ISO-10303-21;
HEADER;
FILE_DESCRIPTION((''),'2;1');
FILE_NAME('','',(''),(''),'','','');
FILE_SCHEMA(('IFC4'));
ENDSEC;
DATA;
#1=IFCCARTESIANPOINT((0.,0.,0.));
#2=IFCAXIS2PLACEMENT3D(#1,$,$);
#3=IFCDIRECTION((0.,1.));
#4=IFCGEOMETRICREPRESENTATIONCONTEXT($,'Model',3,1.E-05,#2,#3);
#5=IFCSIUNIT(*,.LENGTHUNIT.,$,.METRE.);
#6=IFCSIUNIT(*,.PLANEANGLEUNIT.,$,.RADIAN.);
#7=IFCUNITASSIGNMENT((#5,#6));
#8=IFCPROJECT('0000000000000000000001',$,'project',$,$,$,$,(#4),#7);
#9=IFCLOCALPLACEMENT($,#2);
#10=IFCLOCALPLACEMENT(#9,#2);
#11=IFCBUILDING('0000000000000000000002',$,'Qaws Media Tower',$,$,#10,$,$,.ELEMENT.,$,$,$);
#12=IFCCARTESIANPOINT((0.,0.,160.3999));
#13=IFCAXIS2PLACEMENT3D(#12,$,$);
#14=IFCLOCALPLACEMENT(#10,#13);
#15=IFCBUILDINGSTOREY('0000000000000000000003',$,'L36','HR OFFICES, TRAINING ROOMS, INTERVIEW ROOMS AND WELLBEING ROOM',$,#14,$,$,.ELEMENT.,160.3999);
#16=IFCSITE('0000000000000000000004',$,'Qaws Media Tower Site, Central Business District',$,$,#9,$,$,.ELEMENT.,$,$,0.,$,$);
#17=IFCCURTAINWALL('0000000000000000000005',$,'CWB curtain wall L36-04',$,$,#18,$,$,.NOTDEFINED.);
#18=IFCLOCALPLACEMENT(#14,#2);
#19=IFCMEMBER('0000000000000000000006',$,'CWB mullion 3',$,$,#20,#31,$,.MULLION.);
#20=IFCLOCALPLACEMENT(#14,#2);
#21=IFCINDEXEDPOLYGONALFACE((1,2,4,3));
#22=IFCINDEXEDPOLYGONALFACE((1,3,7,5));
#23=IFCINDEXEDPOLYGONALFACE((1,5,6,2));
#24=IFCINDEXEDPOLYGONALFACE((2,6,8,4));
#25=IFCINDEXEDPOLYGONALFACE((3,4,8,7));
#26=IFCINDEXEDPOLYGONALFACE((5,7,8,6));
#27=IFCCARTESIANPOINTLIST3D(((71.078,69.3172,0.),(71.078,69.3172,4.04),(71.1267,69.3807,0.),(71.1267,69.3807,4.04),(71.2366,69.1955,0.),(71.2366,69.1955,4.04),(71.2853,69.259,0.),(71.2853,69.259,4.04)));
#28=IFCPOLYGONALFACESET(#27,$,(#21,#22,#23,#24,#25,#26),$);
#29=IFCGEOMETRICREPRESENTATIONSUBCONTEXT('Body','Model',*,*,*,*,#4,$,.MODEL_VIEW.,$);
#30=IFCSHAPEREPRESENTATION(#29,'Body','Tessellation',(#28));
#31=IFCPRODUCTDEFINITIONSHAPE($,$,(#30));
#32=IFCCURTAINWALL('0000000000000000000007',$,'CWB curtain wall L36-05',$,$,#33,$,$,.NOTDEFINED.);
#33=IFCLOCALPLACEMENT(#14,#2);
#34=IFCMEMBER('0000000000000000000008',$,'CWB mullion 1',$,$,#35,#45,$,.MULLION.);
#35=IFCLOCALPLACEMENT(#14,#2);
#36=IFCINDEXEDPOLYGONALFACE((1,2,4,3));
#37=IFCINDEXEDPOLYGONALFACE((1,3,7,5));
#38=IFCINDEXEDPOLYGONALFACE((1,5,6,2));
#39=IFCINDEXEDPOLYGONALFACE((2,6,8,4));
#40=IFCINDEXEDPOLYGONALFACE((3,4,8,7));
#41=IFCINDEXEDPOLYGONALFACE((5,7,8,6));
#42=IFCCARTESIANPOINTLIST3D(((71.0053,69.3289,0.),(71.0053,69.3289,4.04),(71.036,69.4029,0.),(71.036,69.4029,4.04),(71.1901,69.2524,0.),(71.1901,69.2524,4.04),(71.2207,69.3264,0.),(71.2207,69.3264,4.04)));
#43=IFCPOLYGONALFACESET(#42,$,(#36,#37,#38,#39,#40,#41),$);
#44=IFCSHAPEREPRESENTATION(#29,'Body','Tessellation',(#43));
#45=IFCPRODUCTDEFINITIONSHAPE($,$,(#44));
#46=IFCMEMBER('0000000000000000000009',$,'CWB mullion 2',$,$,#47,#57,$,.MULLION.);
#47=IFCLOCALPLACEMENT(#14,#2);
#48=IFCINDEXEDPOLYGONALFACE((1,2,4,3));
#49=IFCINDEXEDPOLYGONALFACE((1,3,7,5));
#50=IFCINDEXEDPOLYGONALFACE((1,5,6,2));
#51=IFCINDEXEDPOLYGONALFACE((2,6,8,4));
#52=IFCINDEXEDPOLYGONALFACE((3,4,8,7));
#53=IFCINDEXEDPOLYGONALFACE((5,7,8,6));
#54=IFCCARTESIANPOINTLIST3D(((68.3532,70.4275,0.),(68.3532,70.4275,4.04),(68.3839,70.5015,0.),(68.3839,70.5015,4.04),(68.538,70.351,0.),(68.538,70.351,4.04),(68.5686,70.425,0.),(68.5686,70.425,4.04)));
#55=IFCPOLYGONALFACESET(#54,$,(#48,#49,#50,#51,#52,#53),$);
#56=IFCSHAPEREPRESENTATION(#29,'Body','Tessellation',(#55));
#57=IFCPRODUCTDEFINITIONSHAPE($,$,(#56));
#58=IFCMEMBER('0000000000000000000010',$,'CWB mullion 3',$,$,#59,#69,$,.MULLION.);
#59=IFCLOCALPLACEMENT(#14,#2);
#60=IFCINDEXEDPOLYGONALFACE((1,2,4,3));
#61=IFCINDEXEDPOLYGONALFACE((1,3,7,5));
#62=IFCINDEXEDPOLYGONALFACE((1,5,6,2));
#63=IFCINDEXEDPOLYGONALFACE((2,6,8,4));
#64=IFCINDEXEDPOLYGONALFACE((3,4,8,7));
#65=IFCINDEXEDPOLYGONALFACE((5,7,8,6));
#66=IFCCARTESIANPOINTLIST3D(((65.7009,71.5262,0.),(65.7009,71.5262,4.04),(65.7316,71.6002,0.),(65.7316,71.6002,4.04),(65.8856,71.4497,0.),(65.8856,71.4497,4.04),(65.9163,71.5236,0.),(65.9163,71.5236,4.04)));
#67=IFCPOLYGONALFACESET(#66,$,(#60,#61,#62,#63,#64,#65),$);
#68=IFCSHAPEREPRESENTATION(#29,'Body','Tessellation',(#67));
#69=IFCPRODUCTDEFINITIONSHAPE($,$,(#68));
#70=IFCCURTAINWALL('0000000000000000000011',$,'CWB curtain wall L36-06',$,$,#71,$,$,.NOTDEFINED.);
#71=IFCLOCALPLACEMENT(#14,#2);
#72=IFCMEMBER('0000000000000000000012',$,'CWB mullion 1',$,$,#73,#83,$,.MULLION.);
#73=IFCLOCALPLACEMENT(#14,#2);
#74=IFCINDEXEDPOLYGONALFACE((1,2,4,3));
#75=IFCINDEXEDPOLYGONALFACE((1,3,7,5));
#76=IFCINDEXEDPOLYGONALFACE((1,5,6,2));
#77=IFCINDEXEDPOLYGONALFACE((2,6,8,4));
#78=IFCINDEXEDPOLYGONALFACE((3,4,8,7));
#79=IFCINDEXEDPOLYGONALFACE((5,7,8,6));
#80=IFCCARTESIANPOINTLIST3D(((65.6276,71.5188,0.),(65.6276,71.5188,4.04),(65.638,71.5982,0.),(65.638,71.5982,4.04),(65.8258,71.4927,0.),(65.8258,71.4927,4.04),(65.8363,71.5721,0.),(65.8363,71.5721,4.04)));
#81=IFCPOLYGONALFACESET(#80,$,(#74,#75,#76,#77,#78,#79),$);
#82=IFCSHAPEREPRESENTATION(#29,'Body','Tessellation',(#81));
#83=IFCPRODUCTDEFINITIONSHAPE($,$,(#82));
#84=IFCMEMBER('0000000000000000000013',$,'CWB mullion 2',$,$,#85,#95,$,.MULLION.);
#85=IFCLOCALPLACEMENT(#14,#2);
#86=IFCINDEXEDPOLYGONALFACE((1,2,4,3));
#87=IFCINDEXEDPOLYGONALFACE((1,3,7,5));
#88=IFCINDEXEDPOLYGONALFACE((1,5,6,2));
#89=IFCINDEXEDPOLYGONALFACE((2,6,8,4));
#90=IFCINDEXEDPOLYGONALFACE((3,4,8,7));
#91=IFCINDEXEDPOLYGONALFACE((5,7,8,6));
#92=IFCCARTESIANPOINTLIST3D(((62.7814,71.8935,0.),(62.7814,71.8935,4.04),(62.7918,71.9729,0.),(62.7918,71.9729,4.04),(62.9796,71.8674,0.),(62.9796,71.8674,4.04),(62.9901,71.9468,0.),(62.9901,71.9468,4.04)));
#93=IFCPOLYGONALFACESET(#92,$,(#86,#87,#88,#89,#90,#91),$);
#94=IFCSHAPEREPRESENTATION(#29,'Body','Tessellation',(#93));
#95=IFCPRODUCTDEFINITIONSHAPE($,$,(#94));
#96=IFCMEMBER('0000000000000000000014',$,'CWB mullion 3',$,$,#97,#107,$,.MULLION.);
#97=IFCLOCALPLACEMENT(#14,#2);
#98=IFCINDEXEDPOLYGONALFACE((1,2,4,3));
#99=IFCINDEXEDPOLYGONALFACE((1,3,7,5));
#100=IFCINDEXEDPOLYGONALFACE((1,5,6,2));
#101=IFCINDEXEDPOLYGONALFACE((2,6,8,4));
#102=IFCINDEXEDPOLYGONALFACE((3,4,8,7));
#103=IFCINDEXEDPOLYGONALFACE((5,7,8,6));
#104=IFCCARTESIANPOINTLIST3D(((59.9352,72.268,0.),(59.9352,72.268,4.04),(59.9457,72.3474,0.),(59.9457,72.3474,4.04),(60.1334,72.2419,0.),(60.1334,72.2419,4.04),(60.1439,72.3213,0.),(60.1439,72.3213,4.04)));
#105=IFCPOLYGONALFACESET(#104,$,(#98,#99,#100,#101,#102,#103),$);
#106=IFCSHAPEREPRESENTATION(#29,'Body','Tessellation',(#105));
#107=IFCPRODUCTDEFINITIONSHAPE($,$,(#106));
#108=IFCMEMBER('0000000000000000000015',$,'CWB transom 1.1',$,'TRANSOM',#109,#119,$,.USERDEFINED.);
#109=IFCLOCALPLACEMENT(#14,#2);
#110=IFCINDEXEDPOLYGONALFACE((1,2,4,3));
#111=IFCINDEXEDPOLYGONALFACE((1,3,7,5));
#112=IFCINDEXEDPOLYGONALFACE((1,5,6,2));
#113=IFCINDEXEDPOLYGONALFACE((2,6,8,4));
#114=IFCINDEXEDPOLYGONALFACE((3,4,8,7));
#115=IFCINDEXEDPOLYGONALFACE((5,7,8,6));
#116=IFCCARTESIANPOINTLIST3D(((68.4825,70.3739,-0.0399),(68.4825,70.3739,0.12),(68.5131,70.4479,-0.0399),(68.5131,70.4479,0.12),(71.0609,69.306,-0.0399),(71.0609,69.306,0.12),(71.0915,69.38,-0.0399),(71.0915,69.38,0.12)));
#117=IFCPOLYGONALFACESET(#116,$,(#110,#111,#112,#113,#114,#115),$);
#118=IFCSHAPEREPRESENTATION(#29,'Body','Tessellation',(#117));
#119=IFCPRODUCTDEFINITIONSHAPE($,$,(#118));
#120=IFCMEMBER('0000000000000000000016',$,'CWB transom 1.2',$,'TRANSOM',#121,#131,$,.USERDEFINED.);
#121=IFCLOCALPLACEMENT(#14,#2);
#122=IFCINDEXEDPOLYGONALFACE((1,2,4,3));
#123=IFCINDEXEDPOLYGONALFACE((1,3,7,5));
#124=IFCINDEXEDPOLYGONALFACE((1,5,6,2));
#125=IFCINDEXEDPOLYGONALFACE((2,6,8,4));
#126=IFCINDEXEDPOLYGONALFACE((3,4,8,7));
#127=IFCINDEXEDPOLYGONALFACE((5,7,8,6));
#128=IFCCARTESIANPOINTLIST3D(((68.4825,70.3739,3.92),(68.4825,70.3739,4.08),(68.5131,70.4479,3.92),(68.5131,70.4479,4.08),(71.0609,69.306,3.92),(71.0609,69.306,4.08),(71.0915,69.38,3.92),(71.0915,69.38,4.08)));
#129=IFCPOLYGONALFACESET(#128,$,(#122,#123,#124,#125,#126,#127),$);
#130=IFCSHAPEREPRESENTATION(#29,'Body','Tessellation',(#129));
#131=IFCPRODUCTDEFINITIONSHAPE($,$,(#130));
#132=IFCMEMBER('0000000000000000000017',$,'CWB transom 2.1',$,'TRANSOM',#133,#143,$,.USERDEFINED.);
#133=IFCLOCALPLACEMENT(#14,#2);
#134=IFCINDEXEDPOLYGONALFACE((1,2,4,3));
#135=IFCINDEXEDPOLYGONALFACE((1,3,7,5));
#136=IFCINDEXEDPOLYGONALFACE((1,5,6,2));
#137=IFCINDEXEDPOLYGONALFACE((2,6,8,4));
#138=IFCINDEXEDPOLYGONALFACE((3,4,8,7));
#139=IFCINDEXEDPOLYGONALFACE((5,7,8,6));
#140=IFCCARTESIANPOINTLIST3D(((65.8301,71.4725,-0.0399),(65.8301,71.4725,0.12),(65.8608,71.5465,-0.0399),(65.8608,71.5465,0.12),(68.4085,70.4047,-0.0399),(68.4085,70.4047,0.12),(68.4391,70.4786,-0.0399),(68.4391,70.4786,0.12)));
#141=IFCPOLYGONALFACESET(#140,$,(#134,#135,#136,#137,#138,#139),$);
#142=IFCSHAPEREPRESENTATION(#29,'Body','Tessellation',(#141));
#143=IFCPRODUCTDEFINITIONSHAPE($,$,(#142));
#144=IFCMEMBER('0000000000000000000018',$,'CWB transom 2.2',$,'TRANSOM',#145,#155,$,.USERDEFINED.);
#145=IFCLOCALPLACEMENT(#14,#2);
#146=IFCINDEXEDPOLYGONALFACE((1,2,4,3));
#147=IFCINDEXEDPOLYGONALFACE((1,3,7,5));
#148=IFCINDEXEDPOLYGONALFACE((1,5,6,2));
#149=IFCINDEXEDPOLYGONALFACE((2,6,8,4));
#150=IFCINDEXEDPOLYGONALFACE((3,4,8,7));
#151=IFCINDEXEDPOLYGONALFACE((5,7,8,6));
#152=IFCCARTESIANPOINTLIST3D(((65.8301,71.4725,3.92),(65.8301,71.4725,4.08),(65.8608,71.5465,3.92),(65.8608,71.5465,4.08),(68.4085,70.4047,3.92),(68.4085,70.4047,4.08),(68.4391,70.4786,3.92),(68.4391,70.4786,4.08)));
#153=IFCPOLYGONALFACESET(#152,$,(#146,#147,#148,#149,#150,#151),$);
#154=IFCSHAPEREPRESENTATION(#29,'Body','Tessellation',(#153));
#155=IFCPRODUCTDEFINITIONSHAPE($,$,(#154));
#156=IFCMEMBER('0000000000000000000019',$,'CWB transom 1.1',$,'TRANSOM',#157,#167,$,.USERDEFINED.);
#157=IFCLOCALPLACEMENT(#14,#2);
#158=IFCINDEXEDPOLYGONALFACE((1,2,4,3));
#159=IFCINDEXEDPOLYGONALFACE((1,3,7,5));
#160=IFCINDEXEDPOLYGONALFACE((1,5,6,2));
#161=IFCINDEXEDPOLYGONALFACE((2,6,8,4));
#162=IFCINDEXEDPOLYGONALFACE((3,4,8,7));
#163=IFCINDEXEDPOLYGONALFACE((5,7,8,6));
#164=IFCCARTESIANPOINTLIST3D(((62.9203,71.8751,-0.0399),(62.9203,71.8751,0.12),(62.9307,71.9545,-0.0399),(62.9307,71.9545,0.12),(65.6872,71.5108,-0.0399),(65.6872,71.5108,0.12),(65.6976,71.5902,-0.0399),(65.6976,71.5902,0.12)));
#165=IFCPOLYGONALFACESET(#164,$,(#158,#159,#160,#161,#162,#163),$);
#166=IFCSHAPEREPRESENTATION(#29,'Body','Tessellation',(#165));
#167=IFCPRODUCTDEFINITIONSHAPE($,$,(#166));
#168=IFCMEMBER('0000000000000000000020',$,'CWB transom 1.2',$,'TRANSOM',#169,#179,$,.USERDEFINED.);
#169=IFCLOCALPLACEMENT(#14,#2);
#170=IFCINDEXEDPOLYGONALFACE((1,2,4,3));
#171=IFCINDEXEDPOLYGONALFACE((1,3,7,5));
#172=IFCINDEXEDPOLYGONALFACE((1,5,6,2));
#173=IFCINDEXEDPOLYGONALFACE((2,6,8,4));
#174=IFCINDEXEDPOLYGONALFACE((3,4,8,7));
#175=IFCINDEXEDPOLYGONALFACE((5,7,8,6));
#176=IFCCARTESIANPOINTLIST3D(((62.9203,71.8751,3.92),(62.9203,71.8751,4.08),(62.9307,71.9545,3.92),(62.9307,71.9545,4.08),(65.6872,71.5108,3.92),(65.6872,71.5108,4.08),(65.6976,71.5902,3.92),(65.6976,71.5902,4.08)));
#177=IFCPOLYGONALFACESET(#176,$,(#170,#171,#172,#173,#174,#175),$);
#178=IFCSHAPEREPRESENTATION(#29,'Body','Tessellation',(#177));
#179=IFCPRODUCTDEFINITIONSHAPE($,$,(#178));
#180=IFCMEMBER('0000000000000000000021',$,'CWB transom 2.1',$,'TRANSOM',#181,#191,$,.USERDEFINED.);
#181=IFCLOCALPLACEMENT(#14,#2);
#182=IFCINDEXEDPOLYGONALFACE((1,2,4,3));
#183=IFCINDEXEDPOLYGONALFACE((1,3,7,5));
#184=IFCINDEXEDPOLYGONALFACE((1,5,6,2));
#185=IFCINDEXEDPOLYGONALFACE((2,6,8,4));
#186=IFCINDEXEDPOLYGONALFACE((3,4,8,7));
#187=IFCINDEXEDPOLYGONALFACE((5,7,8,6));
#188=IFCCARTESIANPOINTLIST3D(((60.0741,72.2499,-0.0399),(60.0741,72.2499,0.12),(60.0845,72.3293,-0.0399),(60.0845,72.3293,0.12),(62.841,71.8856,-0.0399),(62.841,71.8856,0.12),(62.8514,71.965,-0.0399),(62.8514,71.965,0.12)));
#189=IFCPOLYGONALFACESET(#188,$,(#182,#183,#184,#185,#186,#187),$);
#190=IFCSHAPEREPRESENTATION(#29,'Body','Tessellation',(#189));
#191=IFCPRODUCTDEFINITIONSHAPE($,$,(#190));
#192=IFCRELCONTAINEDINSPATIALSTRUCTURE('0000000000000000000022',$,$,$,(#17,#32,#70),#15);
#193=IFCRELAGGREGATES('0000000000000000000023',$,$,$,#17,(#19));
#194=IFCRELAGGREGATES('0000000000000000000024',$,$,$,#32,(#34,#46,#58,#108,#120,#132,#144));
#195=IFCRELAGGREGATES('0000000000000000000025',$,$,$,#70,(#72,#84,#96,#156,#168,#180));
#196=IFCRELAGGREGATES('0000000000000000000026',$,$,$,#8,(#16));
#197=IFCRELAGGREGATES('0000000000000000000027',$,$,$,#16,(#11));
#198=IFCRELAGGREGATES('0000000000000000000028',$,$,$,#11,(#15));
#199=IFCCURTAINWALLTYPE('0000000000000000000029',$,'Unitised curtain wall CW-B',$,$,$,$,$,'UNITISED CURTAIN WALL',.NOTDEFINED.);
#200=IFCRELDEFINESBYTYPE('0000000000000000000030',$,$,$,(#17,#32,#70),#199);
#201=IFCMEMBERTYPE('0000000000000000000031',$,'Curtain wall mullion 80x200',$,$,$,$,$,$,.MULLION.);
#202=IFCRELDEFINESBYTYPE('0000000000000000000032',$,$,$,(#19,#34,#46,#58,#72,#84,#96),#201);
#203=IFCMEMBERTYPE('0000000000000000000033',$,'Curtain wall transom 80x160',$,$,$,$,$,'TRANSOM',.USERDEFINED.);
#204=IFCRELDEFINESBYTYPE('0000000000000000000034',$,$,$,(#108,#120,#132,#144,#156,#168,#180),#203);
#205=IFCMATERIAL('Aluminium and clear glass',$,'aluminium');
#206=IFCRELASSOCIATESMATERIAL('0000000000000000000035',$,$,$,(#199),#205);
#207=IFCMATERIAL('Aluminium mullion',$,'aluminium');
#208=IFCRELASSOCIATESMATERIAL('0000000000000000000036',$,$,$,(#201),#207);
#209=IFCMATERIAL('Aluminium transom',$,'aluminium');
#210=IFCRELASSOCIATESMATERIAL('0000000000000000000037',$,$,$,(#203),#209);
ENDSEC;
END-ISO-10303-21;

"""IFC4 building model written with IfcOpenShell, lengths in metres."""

from ifc_helpers import new_model, si_unit, direction, frame, origin, origin_2d, place, context, subcontext, project, spatial, rectangle, extrude, material, material_profile, profile_set, type_object, element, aggregate, save


model = new_model("IFC4")

# Units and contexts
model_context = context("Model", 3, precision=1e-05, world=origin(), true_north=direction((0.0, 1.0)))
body_context = subcontext(model_context, "Body", "Model", "MODEL_VIEW")
ifc_project = project(units=[si_unit("LENGTHUNIT", "METRE"), si_unit("PLANEANGLEUNIT", "RADIAN")], contexts=[model_context])

# Site, building, storey
site_placement = place(None, origin())
site = spatial("IfcSite", under=ifc_project, at=site_placement, Name="Qaws Media Tower Site, Central Business District", CompositionType="ELEMENT", RefElevation=0.0)
building_placement = place(site_placement, origin())
building = spatial("IfcBuilding", under=site, at=building_placement, Name="Qaws Media Tower", CompositionType="ELEMENT")
storey_placement = place(building_placement, frame((0.0, 0.0, 160.3999)))
storey = spatial("IfcBuildingStorey", under=building, at=storey_placement, Name="L36", Description="HR OFFICES, TRAINING ROOMS, INTERVIEW ROOMS AND WELLBEING ROOM", CompositionType="ELEMENT", Elevation=160.3999)

# Curtain wall, member
ifc_material_1 = material(Name="Aluminium and clear glass", Category="aluminium")
curtain_wall_type = type_object("IfcCurtainWallType", Name="Unitised curtain wall CW-B", ElementType="UNITISED CURTAIN WALL", PredefinedType="NOTDEFINED", material=ifc_material_1)
curtain_wall_1_placement = place(storey_placement, origin())
curtain_wall_1 = element("IfcCurtainWall", 1, at=curtain_wall_1_placement, inside=storey, type_object=curtain_wall_type, Name="CWB curtain wall L36-04", PredefinedType="NOTDEFINED")
ifc_material_2 = material(Name="Aluminium mullion", Category="aluminium")
ifc_material_profile_1 = material_profile(ifc_material_2, rectangle(XDim=0.0801, YDim=0.2, at=origin_2d()), Name="80x200")
ifc_profile_set_1 = profile_set([ifc_material_profile_1], Name="Aluminium mullion")
member_type_1 = type_object("IfcMemberType", Name="Curtain wall mullion 80x200", PredefinedType="MULLION", material=ifc_profile_set_1)
member_1_placement = place(storey_placement, frame((71.1816, 69.2881, 0.0), z_axis=(0.0, 0.0, 1.0), x_axis=(-0.608762, -0.793353, 0.0)))
member_1 = element("IfcMember", 2, at=member_1_placement, type_object=member_type_1, Name="CWB mullion 3", PredefinedType="MULLION", context=body_context, shape_type="SweptSolid", body=[
    extrude(rectangle(XDim=0.0801, YDim=0.2, at=origin_2d()), origin(), (0.0, 0.0, 1.0), 4.04),
])
aggregate(curtain_wall_1, [member_1])

# Curtain walls, members
curtain_wall_2_placement = place(storey_placement, origin())
curtain_wall_2 = element("IfcCurtainWall", 3, at=curtain_wall_2_placement, inside=storey, type_object=curtain_wall_type, Name="CWB curtain wall L36-05", PredefinedType="NOTDEFINED")
member_2_placement = place(storey_placement, frame((71.113, 69.3276, 0.0), z_axis=(0.0, 0.0, 1.0), x_axis=(-0.382683, -0.92388, 0.0)))
member_2 = element("IfcMember", 4, at=member_2_placement, type_object=member_type_1, Name="CWB mullion 1", PredefinedType="MULLION", context=body_context, shape_type="SweptSolid", body=[
    extrude(rectangle(XDim=0.0801, YDim=0.2, at=origin_2d()), origin(), (0.0, 0.0, 1.0), 4.04),
])
member_3_placement = place(storey_placement, frame((68.4609, 70.4263, 0.0), z_axis=(0.0, 0.0, 1.0), x_axis=(-0.382683, -0.92388, 0.0)))
member_3 = element("IfcMember", 5, at=member_3_placement, type_object=member_type_1, Name="CWB mullion 2", PredefinedType="MULLION", context=body_context, shape_type="SweptSolid", body=[
    extrude(rectangle(XDim=0.0801, YDim=0.2, at=origin_2d()), origin(), (0.0, 0.0, 1.0), 4.04),
])
member_4_placement = place(storey_placement, frame((65.8086, 71.5249, 0.0), z_axis=(0.0, 0.0, 1.0), x_axis=(-0.382683, -0.92388, 0.0)))
member_4 = element("IfcMember", 6, at=member_4_placement, type_object=member_type_1, Name="CWB mullion 3", PredefinedType="MULLION", context=body_context, shape_type="SweptSolid", body=[
    extrude(rectangle(XDim=0.0801, YDim=0.2, at=origin_2d()), origin(), (0.0, 0.0, 1.0), 4.04),
])
curtain_wall_3_placement = place(storey_placement, origin())
curtain_wall_3 = element("IfcCurtainWall", 7, at=curtain_wall_3_placement, inside=storey, type_object=curtain_wall_type, Name="CWB curtain wall L36-06", PredefinedType="NOTDEFINED")
member_5_placement = place(storey_placement, frame((65.7319, 71.5454, 0.0), z_axis=(0.0, 0.0, 1.0), x_axis=(-0.130526, -0.991445, 0.0)))
member_5 = element("IfcMember", 8, at=member_5_placement, type_object=member_type_1, Name="CWB mullion 1", PredefinedType="MULLION", context=body_context, shape_type="SweptSolid", body=[
    extrude(rectangle(XDim=0.0801, YDim=0.2, at=origin_2d()), origin(), (0.0, 0.0, 1.0), 4.04),
])
member_6_placement = place(storey_placement, frame((62.8857, 71.9202, 0.0), z_axis=(0.0, 0.0, 1.0), x_axis=(-0.130526, -0.991445, 0.0)))
member_6 = element("IfcMember", 9, at=member_6_placement, type_object=member_type_1, Name="CWB mullion 2", PredefinedType="MULLION", context=body_context, shape_type="SweptSolid", body=[
    extrude(rectangle(XDim=0.0801, YDim=0.2, at=origin_2d()), origin(), (0.0, 0.0, 1.0), 4.04),
])
member_7_placement = place(storey_placement, frame((60.0396, 72.2947, 0.0), z_axis=(0.0, 0.0, 1.0), x_axis=(-0.130526, -0.991445, 0.0)))
member_7 = element("IfcMember", 10, at=member_7_placement, type_object=member_type_1, Name="CWB mullion 3", PredefinedType="MULLION", context=body_context, shape_type="SweptSolid", body=[
    extrude(rectangle(XDim=0.0801, YDim=0.2, at=origin_2d()), origin(), (0.0, 0.0, 1.0), 4.04),
])

# Members
ifc_material_3 = material(Name="Aluminium transom", Category="aluminium")
ifc_material_profile_2 = material_profile(ifc_material_3, rectangle(XDim=0.0801, YDim=0.1599, at=origin_2d()), Name="80x160")
ifc_profile_set_2 = profile_set([ifc_material_profile_2], Name="Aluminium transom")
member_type_2 = type_object("IfcMemberType", Name="Curtain wall transom 80x160", ElementType="TRANSOM", PredefinedType="USERDEFINED", material=ifc_profile_set_2)
member_8_placement = place(storey_placement, frame((71.0762, 69.343, 0.04), z_axis=(-0.923895, 0.382645, 0.0), x_axis=(-0.382645, -0.923895, 0.0)))
member_8 = element("IfcMember", 11, at=member_8_placement, type_object=member_type_2, Name="CWB transom 1.1", ObjectType="TRANSOM", PredefinedType="USERDEFINED", context=body_context, shape_type="SweptSolid", body=[
    extrude(rectangle(XDim=0.0801, YDim=0.1599, at=origin_2d()), origin(), (0.0, 0.0, 1.0), 2.7908),
])
member_9_placement = place(storey_placement, frame((71.0762, 69.343, 4.0), z_axis=(-0.923895, 0.382645, 0.0), x_axis=(-0.382645, -0.923895, 0.0)))
member_9 = element("IfcMember", 12, at=member_9_placement, type_object=member_type_2, Name="CWB transom 1.2", ObjectType="TRANSOM", PredefinedType="USERDEFINED", context=body_context, shape_type="SweptSolid", body=[
    extrude(rectangle(XDim=0.0801, YDim=0.1599, at=origin_2d()), origin(), (0.0, 0.0, 1.0), 2.7908),
])
member_10_placement = place(storey_placement, frame((68.4238, 70.4417, 0.04), z_axis=(-0.923895, 0.382645, 0.0), x_axis=(-0.382645, -0.923895, 0.0)))
member_10 = element("IfcMember", 13, at=member_10_placement, type_object=member_type_2, Name="CWB transom 2.1", ObjectType="TRANSOM", PredefinedType="USERDEFINED", context=body_context, shape_type="SweptSolid", body=[
    extrude(rectangle(XDim=0.0801, YDim=0.1599, at=origin_2d()), origin(), (0.0, 0.0, 1.0), 2.7908),
])
member_11_placement = place(storey_placement, frame((68.4238, 70.4417, 4.0), z_axis=(-0.923895, 0.382645, 0.0), x_axis=(-0.382645, -0.923895, 0.0)))
member_11 = element("IfcMember", 14, at=member_11_placement, type_object=member_type_2, Name="CWB transom 2.2", ObjectType="TRANSOM", PredefinedType="USERDEFINED", context=body_context, shape_type="SweptSolid", body=[
    extrude(rectangle(XDim=0.0801, YDim=0.1599, at=origin_2d()), origin(), (0.0, 0.0, 1.0), 2.7908),
])
member_12_placement = place(storey_placement, frame((65.6924, 71.5505, 0.04), z_axis=(-0.991445, 0.130525, 0.0), x_axis=(-0.130525, -0.991445, 0.0)))
member_12 = element("IfcMember", 15, at=member_12_placement, type_object=member_type_2, Name="CWB transom 1.1", ObjectType="TRANSOM", PredefinedType="USERDEFINED", context=body_context, shape_type="SweptSolid", body=[
    extrude(rectangle(XDim=0.0801, YDim=0.1599, at=origin_2d()), origin(), (0.0, 0.0, 1.0), 2.7908),
])
member_13_placement = place(storey_placement, frame((65.6924, 71.5505, 4.0), z_axis=(-0.991445, 0.130525, 0.0), x_axis=(-0.130525, -0.991445, 0.0)))
member_13 = element("IfcMember", 16, at=member_13_placement, type_object=member_type_2, Name="CWB transom 1.2", ObjectType="TRANSOM", PredefinedType="USERDEFINED", context=body_context, shape_type="SweptSolid", body=[
    extrude(rectangle(XDim=0.0801, YDim=0.1599, at=origin_2d()), origin(), (0.0, 0.0, 1.0), 2.7908),
])
member_14_placement = place(storey_placement, frame((62.8462, 71.9253, 0.04), z_axis=(-0.991445, 0.130525, 0.0), x_axis=(-0.130525, -0.991445, 0.0)))
member_14 = element("IfcMember", 17, at=member_14_placement, type_object=member_type_2, Name="CWB transom 2.1", ObjectType="TRANSOM", PredefinedType="USERDEFINED", context=body_context, shape_type="SweptSolid", body=[
    extrude(rectangle(XDim=0.0801, YDim=0.1599, at=origin_2d()), origin(), (0.0, 0.0, 1.0), 2.7908),
])

aggregate(curtain_wall_2, [member_2, member_3, member_4, member_8, member_9, member_10, member_11])
aggregate(curtain_wall_3, [member_5, member_6, member_7, member_12, member_13, member_14])

save(model, "model.ifc")
